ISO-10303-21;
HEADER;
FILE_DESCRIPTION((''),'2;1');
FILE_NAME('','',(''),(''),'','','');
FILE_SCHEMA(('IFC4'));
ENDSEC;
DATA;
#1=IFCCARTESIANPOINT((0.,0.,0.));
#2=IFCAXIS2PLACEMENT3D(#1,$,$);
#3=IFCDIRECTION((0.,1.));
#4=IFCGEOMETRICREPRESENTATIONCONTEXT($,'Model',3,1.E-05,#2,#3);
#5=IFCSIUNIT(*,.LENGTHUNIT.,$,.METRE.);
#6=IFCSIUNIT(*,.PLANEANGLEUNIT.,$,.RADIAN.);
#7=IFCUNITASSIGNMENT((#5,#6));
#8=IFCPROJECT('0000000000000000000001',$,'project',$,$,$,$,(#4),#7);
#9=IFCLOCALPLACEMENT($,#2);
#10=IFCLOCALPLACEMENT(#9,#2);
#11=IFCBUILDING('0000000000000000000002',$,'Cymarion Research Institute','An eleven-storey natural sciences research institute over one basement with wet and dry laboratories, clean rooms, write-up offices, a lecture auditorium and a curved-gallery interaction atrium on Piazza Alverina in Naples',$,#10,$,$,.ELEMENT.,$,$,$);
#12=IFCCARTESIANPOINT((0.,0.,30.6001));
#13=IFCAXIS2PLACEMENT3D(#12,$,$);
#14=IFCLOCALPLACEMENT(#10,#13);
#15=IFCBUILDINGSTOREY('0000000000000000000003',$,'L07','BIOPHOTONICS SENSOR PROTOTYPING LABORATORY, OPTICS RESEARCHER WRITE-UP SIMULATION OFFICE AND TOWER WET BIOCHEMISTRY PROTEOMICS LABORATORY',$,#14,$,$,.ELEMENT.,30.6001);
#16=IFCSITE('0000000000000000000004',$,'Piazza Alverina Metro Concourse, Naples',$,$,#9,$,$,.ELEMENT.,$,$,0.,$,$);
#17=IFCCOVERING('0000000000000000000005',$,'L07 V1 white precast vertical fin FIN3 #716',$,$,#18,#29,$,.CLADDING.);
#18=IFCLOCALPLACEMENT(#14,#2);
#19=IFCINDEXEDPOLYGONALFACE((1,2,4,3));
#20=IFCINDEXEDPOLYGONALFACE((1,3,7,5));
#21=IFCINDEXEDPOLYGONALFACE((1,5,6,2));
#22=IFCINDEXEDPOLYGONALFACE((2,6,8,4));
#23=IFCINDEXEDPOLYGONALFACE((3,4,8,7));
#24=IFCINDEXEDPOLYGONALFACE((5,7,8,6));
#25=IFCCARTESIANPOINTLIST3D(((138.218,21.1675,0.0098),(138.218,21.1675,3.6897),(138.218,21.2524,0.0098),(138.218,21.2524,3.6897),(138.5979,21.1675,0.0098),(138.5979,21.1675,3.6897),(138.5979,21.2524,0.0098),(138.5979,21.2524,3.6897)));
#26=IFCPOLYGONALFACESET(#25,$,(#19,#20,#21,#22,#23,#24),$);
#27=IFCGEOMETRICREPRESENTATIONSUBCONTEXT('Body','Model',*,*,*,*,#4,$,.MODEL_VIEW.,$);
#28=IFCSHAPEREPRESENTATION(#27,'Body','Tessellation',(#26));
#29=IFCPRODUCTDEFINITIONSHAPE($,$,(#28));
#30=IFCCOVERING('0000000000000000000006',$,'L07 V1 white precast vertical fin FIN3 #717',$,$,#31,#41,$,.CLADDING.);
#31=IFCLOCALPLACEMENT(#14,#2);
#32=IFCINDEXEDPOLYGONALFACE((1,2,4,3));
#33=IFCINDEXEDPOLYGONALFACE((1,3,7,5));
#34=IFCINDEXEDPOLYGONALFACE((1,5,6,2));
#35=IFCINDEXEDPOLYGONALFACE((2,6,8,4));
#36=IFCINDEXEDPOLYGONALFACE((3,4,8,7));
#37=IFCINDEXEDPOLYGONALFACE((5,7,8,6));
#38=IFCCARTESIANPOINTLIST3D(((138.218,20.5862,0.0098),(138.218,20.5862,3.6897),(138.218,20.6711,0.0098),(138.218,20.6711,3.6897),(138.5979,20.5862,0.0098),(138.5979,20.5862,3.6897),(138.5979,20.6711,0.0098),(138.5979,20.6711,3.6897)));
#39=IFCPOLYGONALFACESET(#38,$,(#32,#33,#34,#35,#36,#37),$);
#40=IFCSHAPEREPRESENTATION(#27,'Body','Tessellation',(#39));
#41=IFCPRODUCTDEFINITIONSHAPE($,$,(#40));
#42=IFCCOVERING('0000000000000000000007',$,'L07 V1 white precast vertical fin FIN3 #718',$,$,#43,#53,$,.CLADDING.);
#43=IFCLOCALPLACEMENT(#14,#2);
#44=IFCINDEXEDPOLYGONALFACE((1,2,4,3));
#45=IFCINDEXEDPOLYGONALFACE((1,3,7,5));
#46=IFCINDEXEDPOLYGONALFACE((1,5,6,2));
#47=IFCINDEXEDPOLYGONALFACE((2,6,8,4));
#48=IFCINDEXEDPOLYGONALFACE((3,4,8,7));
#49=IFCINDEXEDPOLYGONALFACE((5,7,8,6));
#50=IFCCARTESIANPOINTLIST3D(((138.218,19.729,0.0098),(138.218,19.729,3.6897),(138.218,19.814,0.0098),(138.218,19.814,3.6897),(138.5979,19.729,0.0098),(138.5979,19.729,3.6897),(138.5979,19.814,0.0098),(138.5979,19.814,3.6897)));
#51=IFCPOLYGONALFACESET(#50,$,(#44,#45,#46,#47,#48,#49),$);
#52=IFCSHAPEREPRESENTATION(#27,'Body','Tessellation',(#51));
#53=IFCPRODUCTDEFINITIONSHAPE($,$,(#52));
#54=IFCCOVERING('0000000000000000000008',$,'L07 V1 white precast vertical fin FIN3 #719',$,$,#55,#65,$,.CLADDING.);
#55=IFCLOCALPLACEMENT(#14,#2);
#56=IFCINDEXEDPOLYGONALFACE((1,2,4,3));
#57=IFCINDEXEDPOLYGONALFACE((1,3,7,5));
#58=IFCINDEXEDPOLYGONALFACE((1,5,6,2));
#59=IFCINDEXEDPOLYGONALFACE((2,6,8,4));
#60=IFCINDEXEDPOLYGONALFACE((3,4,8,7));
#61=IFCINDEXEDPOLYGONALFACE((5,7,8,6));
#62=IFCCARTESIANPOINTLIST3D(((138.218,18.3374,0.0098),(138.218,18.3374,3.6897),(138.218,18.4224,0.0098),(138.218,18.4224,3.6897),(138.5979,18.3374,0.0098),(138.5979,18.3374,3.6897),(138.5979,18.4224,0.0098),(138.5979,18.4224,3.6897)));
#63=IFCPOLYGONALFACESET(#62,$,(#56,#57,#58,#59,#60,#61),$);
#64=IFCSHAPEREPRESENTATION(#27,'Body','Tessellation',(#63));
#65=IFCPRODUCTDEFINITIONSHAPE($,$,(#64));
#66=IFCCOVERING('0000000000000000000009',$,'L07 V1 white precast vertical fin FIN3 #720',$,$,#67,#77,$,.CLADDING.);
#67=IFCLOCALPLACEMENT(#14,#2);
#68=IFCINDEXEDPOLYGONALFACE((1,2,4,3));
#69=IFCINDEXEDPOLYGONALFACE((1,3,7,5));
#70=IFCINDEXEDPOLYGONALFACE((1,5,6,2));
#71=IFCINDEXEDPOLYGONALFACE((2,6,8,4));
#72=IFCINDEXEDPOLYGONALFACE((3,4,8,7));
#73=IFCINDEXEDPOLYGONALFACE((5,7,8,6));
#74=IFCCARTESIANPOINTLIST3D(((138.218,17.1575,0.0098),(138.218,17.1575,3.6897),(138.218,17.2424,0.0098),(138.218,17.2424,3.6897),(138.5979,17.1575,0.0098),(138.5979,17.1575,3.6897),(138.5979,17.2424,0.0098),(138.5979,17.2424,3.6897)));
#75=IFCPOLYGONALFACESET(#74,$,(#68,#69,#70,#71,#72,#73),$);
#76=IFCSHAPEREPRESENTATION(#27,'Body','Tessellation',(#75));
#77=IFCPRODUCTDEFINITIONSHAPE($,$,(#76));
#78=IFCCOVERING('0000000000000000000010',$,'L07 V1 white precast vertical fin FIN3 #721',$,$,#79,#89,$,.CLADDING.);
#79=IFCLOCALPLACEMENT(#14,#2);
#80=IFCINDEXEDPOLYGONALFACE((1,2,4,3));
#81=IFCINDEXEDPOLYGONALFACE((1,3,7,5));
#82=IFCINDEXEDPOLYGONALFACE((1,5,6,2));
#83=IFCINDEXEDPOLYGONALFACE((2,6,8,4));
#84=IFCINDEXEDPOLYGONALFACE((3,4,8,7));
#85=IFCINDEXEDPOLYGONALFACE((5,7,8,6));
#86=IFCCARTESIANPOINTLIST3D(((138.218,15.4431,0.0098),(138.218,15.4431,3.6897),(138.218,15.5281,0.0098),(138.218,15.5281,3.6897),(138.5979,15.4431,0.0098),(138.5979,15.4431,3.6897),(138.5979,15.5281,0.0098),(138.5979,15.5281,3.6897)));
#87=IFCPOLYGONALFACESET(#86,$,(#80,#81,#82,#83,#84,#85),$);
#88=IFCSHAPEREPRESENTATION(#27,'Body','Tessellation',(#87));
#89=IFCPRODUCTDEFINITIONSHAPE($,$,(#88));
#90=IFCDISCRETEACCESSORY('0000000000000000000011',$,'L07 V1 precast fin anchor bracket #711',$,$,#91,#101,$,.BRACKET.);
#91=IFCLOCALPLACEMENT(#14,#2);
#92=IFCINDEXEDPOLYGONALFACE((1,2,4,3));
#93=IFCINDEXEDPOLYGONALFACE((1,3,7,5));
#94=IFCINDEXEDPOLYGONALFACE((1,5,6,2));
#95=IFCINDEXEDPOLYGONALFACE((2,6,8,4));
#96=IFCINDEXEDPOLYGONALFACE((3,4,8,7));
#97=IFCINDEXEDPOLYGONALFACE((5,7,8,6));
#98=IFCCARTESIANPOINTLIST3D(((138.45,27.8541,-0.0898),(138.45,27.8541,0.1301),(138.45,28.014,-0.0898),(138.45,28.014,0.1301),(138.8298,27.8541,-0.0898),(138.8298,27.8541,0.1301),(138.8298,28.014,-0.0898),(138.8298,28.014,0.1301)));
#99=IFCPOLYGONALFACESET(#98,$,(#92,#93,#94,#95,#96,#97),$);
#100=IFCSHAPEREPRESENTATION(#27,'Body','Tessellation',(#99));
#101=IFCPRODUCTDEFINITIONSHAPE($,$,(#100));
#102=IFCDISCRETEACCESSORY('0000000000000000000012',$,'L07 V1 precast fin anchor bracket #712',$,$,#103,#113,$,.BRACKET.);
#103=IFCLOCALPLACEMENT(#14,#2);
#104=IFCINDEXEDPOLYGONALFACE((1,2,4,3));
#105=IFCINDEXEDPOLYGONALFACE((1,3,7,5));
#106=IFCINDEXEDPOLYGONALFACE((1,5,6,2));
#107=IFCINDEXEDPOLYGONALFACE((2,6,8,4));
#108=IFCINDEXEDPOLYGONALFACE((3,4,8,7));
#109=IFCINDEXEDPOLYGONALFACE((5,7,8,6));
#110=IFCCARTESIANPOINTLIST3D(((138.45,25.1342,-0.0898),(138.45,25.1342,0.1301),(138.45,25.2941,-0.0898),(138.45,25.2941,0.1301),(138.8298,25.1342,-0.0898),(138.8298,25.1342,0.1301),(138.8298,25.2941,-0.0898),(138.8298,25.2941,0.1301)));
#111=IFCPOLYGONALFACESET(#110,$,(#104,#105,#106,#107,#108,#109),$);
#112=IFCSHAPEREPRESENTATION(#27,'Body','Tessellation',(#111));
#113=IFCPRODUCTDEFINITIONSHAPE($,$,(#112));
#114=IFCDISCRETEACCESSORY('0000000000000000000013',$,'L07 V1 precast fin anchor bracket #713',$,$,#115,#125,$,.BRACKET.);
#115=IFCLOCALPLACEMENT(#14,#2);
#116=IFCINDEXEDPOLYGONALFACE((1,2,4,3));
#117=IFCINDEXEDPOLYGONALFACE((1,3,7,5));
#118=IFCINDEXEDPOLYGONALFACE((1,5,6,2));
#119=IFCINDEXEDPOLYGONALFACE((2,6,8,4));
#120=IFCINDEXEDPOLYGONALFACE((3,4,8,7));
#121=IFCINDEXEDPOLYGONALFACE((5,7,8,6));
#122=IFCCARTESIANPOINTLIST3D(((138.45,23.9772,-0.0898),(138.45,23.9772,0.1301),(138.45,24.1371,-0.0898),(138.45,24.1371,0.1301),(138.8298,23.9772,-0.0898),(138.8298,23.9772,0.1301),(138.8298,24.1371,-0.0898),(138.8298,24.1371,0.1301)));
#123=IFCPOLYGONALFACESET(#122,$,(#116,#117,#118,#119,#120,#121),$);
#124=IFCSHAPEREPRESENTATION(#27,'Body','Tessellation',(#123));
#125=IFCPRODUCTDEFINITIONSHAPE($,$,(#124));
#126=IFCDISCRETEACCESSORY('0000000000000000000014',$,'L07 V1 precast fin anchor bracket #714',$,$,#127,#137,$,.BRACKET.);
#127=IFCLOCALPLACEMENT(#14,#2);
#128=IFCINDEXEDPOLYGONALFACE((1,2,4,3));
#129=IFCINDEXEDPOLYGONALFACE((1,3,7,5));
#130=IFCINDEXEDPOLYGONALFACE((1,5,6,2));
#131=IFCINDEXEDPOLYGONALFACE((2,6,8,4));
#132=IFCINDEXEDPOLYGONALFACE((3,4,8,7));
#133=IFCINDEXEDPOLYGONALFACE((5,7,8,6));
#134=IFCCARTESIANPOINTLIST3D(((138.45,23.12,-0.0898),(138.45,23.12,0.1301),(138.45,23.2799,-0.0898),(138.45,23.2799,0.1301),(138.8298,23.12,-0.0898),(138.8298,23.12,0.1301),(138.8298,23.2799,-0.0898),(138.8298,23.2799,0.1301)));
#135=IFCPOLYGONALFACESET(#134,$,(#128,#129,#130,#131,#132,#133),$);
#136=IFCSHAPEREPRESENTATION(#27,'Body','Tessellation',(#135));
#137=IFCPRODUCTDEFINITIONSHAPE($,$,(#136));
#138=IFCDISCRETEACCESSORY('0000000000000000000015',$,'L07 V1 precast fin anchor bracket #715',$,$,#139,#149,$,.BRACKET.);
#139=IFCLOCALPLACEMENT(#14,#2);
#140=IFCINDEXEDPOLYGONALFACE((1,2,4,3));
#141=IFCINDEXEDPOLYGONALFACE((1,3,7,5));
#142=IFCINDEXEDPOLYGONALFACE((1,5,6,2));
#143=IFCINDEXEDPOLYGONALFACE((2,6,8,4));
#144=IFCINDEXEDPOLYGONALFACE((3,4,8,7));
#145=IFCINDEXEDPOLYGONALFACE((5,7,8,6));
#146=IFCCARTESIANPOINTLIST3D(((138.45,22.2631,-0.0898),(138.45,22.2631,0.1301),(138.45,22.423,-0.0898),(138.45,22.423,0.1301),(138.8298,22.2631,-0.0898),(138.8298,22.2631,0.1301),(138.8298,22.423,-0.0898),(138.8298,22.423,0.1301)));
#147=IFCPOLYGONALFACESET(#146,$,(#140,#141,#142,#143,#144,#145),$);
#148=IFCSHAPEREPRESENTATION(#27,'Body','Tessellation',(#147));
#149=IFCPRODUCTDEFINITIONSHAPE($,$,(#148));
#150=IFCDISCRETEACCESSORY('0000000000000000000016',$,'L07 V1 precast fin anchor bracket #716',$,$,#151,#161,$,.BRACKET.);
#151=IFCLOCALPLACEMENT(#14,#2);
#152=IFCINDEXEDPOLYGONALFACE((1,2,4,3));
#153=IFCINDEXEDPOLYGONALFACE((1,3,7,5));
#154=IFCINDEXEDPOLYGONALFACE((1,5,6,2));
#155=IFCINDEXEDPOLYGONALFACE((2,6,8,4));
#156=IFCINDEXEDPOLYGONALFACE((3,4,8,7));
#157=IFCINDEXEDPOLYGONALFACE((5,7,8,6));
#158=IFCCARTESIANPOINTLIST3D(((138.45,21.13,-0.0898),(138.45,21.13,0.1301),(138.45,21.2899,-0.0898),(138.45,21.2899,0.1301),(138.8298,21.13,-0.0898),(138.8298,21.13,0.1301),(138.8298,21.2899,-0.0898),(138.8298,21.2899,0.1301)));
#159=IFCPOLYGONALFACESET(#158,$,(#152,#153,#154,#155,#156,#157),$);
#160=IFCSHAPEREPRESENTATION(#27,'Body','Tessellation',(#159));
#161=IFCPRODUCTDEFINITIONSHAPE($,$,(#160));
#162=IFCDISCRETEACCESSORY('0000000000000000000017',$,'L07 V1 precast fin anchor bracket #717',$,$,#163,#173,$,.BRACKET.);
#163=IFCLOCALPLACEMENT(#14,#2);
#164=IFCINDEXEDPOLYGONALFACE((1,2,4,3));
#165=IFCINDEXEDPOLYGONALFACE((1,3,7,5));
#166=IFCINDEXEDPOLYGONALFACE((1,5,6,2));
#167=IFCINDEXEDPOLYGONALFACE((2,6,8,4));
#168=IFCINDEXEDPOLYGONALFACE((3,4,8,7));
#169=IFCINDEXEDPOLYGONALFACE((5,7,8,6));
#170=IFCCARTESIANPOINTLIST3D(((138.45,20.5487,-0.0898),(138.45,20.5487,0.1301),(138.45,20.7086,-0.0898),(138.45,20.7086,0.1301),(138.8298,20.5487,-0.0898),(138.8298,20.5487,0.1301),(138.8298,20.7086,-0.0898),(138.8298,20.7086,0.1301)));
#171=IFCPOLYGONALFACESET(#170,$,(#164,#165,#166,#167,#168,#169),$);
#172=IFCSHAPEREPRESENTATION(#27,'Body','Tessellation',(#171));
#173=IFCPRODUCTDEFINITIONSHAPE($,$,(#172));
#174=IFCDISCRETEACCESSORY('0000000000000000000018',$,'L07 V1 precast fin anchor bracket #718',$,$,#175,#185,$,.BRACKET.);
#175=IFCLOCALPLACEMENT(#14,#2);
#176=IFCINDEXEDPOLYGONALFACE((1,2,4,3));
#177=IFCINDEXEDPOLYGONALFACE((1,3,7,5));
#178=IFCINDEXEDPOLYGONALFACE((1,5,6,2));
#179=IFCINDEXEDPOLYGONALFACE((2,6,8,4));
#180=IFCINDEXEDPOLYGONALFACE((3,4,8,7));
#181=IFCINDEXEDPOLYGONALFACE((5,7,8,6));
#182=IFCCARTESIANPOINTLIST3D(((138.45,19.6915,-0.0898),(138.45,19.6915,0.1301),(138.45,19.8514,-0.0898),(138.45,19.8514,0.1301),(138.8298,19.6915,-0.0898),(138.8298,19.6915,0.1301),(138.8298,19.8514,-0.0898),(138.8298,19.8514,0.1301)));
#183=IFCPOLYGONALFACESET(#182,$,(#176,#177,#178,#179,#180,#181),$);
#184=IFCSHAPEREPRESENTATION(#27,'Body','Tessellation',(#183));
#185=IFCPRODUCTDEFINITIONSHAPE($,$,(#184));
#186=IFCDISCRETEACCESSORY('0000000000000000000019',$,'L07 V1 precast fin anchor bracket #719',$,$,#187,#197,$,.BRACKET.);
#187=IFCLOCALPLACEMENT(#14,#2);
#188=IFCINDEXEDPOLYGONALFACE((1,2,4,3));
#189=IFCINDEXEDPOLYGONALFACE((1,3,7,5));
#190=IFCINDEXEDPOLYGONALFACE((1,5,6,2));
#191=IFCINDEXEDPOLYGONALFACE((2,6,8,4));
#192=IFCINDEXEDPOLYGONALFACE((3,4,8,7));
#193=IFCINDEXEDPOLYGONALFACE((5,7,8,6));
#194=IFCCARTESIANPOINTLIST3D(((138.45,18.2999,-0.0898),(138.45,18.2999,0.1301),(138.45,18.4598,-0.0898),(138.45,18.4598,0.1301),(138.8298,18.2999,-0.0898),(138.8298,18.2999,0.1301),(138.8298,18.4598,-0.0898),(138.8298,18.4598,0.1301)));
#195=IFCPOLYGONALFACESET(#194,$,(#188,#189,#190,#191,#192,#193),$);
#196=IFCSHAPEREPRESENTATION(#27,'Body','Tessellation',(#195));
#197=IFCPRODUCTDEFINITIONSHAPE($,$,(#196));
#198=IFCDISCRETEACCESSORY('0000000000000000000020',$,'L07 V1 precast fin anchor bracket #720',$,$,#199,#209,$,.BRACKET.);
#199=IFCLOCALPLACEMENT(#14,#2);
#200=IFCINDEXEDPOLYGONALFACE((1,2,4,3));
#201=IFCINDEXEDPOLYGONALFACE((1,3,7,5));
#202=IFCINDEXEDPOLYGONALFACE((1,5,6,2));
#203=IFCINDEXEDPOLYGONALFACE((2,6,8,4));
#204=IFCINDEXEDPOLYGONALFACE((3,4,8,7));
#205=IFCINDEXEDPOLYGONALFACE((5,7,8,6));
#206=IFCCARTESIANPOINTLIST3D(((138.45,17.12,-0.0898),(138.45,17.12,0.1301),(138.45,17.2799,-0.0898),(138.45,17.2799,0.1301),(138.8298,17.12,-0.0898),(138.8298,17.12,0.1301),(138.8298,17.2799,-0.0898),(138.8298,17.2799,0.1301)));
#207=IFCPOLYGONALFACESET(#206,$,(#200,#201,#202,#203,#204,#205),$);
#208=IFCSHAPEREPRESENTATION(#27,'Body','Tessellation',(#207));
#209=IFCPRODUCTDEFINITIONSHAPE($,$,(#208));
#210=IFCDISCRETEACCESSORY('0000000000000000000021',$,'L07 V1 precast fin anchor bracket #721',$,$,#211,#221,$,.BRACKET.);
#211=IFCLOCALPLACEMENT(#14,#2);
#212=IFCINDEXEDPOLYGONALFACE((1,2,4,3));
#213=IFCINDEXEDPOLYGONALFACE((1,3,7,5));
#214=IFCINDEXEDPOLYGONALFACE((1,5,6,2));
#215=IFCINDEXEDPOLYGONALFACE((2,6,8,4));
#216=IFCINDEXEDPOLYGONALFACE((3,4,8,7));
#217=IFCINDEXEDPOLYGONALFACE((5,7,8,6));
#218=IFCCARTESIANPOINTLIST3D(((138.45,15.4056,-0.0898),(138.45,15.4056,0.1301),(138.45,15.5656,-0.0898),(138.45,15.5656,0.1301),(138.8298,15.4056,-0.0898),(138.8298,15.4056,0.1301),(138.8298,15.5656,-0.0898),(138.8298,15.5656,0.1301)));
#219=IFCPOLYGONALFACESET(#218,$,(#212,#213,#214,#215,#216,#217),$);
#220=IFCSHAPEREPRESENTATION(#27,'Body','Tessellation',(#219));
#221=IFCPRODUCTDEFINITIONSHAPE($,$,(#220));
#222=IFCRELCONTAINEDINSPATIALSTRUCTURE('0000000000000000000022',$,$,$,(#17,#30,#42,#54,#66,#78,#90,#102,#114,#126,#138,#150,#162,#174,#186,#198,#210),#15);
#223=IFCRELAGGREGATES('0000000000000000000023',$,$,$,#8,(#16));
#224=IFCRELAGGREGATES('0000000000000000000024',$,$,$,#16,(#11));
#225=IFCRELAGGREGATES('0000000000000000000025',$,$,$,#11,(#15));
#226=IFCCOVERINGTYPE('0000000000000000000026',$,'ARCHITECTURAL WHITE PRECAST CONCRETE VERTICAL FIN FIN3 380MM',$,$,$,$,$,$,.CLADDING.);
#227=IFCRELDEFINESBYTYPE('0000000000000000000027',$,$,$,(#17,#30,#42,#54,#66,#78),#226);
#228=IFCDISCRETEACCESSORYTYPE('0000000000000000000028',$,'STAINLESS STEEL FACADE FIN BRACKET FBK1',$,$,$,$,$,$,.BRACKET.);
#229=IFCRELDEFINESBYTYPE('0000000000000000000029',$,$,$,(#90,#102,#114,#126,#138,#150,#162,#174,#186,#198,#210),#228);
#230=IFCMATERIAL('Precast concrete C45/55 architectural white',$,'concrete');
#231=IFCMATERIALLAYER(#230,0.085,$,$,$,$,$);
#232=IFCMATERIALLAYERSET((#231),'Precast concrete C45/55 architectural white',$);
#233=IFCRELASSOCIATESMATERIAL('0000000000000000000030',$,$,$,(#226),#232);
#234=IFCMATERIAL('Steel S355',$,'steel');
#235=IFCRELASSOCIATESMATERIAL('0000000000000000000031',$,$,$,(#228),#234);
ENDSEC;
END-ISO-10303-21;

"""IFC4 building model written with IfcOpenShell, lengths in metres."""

from ifc_helpers import new_model, si_unit, direction, frame, origin, origin_2d, place, context, subcontext, project, spatial, rectangle, extrude, material, layer, layer_set, type_object, element, save


model = new_model("IFC4")

# Units and contexts
model_context = context("Model", 3, precision=1e-05, world=origin(), true_north=direction((0.0, 1.0)))
body_context = subcontext(model_context, "Body", "Model", "MODEL_VIEW")
ifc_project = project(units=[si_unit("LENGTHUNIT", "METRE"), si_unit("PLANEANGLEUNIT", "RADIAN")], contexts=[model_context])

# Site, building, storey
site_placement = place(None, origin())
site = spatial("IfcSite", under=ifc_project, at=site_placement, Name="Piazza Alverina Metro Concourse, Naples", CompositionType="ELEMENT", RefElevation=0.0)
building_placement = place(site_placement, origin())
building = spatial("IfcBuilding", under=site, at=building_placement, Name="Cymarion Research Institute", Description="An eleven-storey natural sciences research institute over one basement with wet and dry laboratories, clean rooms, write-up offices, a lecture auditorium and a curved-gallery interaction atrium on Piazza Alverina in Naples", CompositionType="ELEMENT")
storey_placement = place(building_placement, frame((0.0, 0.0, 30.6001)))
storey = spatial("IfcBuildingStorey", under=building, at=storey_placement, Name="L07", Description="BIOPHOTONICS SENSOR PROTOTYPING LABORATORY, OPTICS RESEARCHER WRITE-UP SIMULATION OFFICE AND TOWER WET BIOCHEMISTRY PROTEOMICS LABORATORY", CompositionType="ELEMENT", Elevation=30.6001)

# Shared definitions
ifc_material_1 = material(Name="Steel S355", Category="steel")

# Coverings
ifc_material_2 = material(Name="Precast concrete C45/55 architectural white", Category="concrete")
ifc_layer_1 = layer(ifc_material_2, 0.085)
ifc_layer_set_1 = layer_set([ifc_layer_1], Name="Precast concrete C45/55 architectural white")
covering_type = type_object("IfcCoveringType", Name="ARCHITECTURAL WHITE PRECAST CONCRETE VERTICAL FIN FIN3 380MM", PredefinedType="CLADDING", material=ifc_layer_set_1)
for number, where, z_axis, x_axis, name in (
    (1, (138.408, 21.21, 0.0098), (0.0, 0.0, 1.0), (-1.0, 0.0, 0.0), "L07 V1 white precast vertical fin FIN3 #716"),
    (2, (138.408, 20.6287, 0.0098), (0.0, 0.0, 1.0), (-1.0, 0.0, 0.0), "L07 V1 white precast vertical fin FIN3 #717"),
    (3, (138.408, 19.7715, 0.0098), (0.0, 0.0, 1.0), (-1.0, 0.0, 0.0), "L07 V1 white precast vertical fin FIN3 #718"),
    (4, (138.408, 18.3799, 0.0098), (0.0, 0.0, 1.0), (-1.0, 0.0, 0.0), "L07 V1 white precast vertical fin FIN3 #719"),
    (5, (138.408, 17.2, 0.0098), (0.0, 0.0, 1.0), (-1.0, 0.0, 0.0), "L07 V1 white precast vertical fin FIN3 #720"),
    (6, (138.408, 15.4856, 0.0098), (0.0, 0.0, 1.0), (-1.0, 0.0, 0.0), "L07 V1 white precast vertical fin FIN3 #721"),
):
    element("IfcCovering", number, at=place(storey_placement, frame(where, z_axis=z_axis, x_axis=x_axis)), inside=storey, type_object=covering_type, Name=name, PredefinedType="CLADDING", context=body_context, shape_type="SweptSolid", body=[
        extrude(rectangle(XDim=0.3799, YDim=0.085, at=origin_2d()), origin(), (0.0, 0.0, 1.0), 3.6799),
    ])

# Discrete accessories
discrete_accessory_type = type_object("IfcDiscreteAccessoryType", Name="STAINLESS STEEL FACADE FIN BRACKET FBK1", PredefinedType="BRACKET", material=ifc_material_1)
for number, where, z_axis, x_axis, name in (
    (7, (138.6399, 27.9341, -0.0898), (0.0, 0.0, 1.0), (-1.0, 0.0, 0.0), "L07 V1 precast fin anchor bracket #711"),
    (8, (138.6399, 25.2141, -0.0898), (0.0, 0.0, 1.0), (-1.0, 0.0, 0.0), "L07 V1 precast fin anchor bracket #712"),
    (9, (138.6399, 24.0571, -0.0898), (0.0, 0.0, 1.0), (-1.0, 0.0, 0.0), "L07 V1 precast fin anchor bracket #713"),
    (10, (138.6399, 23.2, -0.0898), (0.0, 0.0, 1.0), (-1.0, 0.0, 0.0), "L07 V1 precast fin anchor bracket #714"),
    (11, (138.6399, 22.343, -0.0898), (0.0, 0.0, 1.0), (-1.0, 0.0, 0.0), "L07 V1 precast fin anchor bracket #715"),
    (12, (138.6399, 21.21, -0.0898), (0.0, 0.0, 1.0), (-1.0, 0.0, 0.0), "L07 V1 precast fin anchor bracket #716"),
    (13, (138.6399, 20.6287, -0.0898), (0.0, 0.0, 1.0), (-1.0, 0.0, 0.0), "L07 V1 precast fin anchor bracket #717"),
    (14, (138.6399, 19.7715, -0.0898), (0.0, 0.0, 1.0), (-1.0, 0.0, 0.0), "L07 V1 precast fin anchor bracket #718"),
    (15, (138.6399, 18.3799, -0.0898), (0.0, 0.0, 1.0), (-1.0, 0.0, 0.0), "L07 V1 precast fin anchor bracket #719"),
    (16, (138.6399, 17.2, -0.0898), (0.0, 0.0, 1.0), (-1.0, 0.0, 0.0), "L07 V1 precast fin anchor bracket #720"),
    (17, (138.6399, 15.4856, -0.0898), (0.0, 0.0, 1.0), (-1.0, 0.0, 0.0), "L07 V1 precast fin anchor bracket #721"),
):
    element("IfcDiscreteAccessory", number, at=place(storey_placement, frame(where, z_axis=z_axis, x_axis=x_axis)), inside=storey, type_object=discrete_accessory_type, Name=name, PredefinedType="BRACKET", context=body_context, shape_type="SweptSolid", body=[
        extrude(rectangle(XDim=0.3799, YDim=0.1599, at=origin_2d()), origin(), (0.0, 0.0, 1.0), 0.22),
    ])

save(model, "model.ifc")
